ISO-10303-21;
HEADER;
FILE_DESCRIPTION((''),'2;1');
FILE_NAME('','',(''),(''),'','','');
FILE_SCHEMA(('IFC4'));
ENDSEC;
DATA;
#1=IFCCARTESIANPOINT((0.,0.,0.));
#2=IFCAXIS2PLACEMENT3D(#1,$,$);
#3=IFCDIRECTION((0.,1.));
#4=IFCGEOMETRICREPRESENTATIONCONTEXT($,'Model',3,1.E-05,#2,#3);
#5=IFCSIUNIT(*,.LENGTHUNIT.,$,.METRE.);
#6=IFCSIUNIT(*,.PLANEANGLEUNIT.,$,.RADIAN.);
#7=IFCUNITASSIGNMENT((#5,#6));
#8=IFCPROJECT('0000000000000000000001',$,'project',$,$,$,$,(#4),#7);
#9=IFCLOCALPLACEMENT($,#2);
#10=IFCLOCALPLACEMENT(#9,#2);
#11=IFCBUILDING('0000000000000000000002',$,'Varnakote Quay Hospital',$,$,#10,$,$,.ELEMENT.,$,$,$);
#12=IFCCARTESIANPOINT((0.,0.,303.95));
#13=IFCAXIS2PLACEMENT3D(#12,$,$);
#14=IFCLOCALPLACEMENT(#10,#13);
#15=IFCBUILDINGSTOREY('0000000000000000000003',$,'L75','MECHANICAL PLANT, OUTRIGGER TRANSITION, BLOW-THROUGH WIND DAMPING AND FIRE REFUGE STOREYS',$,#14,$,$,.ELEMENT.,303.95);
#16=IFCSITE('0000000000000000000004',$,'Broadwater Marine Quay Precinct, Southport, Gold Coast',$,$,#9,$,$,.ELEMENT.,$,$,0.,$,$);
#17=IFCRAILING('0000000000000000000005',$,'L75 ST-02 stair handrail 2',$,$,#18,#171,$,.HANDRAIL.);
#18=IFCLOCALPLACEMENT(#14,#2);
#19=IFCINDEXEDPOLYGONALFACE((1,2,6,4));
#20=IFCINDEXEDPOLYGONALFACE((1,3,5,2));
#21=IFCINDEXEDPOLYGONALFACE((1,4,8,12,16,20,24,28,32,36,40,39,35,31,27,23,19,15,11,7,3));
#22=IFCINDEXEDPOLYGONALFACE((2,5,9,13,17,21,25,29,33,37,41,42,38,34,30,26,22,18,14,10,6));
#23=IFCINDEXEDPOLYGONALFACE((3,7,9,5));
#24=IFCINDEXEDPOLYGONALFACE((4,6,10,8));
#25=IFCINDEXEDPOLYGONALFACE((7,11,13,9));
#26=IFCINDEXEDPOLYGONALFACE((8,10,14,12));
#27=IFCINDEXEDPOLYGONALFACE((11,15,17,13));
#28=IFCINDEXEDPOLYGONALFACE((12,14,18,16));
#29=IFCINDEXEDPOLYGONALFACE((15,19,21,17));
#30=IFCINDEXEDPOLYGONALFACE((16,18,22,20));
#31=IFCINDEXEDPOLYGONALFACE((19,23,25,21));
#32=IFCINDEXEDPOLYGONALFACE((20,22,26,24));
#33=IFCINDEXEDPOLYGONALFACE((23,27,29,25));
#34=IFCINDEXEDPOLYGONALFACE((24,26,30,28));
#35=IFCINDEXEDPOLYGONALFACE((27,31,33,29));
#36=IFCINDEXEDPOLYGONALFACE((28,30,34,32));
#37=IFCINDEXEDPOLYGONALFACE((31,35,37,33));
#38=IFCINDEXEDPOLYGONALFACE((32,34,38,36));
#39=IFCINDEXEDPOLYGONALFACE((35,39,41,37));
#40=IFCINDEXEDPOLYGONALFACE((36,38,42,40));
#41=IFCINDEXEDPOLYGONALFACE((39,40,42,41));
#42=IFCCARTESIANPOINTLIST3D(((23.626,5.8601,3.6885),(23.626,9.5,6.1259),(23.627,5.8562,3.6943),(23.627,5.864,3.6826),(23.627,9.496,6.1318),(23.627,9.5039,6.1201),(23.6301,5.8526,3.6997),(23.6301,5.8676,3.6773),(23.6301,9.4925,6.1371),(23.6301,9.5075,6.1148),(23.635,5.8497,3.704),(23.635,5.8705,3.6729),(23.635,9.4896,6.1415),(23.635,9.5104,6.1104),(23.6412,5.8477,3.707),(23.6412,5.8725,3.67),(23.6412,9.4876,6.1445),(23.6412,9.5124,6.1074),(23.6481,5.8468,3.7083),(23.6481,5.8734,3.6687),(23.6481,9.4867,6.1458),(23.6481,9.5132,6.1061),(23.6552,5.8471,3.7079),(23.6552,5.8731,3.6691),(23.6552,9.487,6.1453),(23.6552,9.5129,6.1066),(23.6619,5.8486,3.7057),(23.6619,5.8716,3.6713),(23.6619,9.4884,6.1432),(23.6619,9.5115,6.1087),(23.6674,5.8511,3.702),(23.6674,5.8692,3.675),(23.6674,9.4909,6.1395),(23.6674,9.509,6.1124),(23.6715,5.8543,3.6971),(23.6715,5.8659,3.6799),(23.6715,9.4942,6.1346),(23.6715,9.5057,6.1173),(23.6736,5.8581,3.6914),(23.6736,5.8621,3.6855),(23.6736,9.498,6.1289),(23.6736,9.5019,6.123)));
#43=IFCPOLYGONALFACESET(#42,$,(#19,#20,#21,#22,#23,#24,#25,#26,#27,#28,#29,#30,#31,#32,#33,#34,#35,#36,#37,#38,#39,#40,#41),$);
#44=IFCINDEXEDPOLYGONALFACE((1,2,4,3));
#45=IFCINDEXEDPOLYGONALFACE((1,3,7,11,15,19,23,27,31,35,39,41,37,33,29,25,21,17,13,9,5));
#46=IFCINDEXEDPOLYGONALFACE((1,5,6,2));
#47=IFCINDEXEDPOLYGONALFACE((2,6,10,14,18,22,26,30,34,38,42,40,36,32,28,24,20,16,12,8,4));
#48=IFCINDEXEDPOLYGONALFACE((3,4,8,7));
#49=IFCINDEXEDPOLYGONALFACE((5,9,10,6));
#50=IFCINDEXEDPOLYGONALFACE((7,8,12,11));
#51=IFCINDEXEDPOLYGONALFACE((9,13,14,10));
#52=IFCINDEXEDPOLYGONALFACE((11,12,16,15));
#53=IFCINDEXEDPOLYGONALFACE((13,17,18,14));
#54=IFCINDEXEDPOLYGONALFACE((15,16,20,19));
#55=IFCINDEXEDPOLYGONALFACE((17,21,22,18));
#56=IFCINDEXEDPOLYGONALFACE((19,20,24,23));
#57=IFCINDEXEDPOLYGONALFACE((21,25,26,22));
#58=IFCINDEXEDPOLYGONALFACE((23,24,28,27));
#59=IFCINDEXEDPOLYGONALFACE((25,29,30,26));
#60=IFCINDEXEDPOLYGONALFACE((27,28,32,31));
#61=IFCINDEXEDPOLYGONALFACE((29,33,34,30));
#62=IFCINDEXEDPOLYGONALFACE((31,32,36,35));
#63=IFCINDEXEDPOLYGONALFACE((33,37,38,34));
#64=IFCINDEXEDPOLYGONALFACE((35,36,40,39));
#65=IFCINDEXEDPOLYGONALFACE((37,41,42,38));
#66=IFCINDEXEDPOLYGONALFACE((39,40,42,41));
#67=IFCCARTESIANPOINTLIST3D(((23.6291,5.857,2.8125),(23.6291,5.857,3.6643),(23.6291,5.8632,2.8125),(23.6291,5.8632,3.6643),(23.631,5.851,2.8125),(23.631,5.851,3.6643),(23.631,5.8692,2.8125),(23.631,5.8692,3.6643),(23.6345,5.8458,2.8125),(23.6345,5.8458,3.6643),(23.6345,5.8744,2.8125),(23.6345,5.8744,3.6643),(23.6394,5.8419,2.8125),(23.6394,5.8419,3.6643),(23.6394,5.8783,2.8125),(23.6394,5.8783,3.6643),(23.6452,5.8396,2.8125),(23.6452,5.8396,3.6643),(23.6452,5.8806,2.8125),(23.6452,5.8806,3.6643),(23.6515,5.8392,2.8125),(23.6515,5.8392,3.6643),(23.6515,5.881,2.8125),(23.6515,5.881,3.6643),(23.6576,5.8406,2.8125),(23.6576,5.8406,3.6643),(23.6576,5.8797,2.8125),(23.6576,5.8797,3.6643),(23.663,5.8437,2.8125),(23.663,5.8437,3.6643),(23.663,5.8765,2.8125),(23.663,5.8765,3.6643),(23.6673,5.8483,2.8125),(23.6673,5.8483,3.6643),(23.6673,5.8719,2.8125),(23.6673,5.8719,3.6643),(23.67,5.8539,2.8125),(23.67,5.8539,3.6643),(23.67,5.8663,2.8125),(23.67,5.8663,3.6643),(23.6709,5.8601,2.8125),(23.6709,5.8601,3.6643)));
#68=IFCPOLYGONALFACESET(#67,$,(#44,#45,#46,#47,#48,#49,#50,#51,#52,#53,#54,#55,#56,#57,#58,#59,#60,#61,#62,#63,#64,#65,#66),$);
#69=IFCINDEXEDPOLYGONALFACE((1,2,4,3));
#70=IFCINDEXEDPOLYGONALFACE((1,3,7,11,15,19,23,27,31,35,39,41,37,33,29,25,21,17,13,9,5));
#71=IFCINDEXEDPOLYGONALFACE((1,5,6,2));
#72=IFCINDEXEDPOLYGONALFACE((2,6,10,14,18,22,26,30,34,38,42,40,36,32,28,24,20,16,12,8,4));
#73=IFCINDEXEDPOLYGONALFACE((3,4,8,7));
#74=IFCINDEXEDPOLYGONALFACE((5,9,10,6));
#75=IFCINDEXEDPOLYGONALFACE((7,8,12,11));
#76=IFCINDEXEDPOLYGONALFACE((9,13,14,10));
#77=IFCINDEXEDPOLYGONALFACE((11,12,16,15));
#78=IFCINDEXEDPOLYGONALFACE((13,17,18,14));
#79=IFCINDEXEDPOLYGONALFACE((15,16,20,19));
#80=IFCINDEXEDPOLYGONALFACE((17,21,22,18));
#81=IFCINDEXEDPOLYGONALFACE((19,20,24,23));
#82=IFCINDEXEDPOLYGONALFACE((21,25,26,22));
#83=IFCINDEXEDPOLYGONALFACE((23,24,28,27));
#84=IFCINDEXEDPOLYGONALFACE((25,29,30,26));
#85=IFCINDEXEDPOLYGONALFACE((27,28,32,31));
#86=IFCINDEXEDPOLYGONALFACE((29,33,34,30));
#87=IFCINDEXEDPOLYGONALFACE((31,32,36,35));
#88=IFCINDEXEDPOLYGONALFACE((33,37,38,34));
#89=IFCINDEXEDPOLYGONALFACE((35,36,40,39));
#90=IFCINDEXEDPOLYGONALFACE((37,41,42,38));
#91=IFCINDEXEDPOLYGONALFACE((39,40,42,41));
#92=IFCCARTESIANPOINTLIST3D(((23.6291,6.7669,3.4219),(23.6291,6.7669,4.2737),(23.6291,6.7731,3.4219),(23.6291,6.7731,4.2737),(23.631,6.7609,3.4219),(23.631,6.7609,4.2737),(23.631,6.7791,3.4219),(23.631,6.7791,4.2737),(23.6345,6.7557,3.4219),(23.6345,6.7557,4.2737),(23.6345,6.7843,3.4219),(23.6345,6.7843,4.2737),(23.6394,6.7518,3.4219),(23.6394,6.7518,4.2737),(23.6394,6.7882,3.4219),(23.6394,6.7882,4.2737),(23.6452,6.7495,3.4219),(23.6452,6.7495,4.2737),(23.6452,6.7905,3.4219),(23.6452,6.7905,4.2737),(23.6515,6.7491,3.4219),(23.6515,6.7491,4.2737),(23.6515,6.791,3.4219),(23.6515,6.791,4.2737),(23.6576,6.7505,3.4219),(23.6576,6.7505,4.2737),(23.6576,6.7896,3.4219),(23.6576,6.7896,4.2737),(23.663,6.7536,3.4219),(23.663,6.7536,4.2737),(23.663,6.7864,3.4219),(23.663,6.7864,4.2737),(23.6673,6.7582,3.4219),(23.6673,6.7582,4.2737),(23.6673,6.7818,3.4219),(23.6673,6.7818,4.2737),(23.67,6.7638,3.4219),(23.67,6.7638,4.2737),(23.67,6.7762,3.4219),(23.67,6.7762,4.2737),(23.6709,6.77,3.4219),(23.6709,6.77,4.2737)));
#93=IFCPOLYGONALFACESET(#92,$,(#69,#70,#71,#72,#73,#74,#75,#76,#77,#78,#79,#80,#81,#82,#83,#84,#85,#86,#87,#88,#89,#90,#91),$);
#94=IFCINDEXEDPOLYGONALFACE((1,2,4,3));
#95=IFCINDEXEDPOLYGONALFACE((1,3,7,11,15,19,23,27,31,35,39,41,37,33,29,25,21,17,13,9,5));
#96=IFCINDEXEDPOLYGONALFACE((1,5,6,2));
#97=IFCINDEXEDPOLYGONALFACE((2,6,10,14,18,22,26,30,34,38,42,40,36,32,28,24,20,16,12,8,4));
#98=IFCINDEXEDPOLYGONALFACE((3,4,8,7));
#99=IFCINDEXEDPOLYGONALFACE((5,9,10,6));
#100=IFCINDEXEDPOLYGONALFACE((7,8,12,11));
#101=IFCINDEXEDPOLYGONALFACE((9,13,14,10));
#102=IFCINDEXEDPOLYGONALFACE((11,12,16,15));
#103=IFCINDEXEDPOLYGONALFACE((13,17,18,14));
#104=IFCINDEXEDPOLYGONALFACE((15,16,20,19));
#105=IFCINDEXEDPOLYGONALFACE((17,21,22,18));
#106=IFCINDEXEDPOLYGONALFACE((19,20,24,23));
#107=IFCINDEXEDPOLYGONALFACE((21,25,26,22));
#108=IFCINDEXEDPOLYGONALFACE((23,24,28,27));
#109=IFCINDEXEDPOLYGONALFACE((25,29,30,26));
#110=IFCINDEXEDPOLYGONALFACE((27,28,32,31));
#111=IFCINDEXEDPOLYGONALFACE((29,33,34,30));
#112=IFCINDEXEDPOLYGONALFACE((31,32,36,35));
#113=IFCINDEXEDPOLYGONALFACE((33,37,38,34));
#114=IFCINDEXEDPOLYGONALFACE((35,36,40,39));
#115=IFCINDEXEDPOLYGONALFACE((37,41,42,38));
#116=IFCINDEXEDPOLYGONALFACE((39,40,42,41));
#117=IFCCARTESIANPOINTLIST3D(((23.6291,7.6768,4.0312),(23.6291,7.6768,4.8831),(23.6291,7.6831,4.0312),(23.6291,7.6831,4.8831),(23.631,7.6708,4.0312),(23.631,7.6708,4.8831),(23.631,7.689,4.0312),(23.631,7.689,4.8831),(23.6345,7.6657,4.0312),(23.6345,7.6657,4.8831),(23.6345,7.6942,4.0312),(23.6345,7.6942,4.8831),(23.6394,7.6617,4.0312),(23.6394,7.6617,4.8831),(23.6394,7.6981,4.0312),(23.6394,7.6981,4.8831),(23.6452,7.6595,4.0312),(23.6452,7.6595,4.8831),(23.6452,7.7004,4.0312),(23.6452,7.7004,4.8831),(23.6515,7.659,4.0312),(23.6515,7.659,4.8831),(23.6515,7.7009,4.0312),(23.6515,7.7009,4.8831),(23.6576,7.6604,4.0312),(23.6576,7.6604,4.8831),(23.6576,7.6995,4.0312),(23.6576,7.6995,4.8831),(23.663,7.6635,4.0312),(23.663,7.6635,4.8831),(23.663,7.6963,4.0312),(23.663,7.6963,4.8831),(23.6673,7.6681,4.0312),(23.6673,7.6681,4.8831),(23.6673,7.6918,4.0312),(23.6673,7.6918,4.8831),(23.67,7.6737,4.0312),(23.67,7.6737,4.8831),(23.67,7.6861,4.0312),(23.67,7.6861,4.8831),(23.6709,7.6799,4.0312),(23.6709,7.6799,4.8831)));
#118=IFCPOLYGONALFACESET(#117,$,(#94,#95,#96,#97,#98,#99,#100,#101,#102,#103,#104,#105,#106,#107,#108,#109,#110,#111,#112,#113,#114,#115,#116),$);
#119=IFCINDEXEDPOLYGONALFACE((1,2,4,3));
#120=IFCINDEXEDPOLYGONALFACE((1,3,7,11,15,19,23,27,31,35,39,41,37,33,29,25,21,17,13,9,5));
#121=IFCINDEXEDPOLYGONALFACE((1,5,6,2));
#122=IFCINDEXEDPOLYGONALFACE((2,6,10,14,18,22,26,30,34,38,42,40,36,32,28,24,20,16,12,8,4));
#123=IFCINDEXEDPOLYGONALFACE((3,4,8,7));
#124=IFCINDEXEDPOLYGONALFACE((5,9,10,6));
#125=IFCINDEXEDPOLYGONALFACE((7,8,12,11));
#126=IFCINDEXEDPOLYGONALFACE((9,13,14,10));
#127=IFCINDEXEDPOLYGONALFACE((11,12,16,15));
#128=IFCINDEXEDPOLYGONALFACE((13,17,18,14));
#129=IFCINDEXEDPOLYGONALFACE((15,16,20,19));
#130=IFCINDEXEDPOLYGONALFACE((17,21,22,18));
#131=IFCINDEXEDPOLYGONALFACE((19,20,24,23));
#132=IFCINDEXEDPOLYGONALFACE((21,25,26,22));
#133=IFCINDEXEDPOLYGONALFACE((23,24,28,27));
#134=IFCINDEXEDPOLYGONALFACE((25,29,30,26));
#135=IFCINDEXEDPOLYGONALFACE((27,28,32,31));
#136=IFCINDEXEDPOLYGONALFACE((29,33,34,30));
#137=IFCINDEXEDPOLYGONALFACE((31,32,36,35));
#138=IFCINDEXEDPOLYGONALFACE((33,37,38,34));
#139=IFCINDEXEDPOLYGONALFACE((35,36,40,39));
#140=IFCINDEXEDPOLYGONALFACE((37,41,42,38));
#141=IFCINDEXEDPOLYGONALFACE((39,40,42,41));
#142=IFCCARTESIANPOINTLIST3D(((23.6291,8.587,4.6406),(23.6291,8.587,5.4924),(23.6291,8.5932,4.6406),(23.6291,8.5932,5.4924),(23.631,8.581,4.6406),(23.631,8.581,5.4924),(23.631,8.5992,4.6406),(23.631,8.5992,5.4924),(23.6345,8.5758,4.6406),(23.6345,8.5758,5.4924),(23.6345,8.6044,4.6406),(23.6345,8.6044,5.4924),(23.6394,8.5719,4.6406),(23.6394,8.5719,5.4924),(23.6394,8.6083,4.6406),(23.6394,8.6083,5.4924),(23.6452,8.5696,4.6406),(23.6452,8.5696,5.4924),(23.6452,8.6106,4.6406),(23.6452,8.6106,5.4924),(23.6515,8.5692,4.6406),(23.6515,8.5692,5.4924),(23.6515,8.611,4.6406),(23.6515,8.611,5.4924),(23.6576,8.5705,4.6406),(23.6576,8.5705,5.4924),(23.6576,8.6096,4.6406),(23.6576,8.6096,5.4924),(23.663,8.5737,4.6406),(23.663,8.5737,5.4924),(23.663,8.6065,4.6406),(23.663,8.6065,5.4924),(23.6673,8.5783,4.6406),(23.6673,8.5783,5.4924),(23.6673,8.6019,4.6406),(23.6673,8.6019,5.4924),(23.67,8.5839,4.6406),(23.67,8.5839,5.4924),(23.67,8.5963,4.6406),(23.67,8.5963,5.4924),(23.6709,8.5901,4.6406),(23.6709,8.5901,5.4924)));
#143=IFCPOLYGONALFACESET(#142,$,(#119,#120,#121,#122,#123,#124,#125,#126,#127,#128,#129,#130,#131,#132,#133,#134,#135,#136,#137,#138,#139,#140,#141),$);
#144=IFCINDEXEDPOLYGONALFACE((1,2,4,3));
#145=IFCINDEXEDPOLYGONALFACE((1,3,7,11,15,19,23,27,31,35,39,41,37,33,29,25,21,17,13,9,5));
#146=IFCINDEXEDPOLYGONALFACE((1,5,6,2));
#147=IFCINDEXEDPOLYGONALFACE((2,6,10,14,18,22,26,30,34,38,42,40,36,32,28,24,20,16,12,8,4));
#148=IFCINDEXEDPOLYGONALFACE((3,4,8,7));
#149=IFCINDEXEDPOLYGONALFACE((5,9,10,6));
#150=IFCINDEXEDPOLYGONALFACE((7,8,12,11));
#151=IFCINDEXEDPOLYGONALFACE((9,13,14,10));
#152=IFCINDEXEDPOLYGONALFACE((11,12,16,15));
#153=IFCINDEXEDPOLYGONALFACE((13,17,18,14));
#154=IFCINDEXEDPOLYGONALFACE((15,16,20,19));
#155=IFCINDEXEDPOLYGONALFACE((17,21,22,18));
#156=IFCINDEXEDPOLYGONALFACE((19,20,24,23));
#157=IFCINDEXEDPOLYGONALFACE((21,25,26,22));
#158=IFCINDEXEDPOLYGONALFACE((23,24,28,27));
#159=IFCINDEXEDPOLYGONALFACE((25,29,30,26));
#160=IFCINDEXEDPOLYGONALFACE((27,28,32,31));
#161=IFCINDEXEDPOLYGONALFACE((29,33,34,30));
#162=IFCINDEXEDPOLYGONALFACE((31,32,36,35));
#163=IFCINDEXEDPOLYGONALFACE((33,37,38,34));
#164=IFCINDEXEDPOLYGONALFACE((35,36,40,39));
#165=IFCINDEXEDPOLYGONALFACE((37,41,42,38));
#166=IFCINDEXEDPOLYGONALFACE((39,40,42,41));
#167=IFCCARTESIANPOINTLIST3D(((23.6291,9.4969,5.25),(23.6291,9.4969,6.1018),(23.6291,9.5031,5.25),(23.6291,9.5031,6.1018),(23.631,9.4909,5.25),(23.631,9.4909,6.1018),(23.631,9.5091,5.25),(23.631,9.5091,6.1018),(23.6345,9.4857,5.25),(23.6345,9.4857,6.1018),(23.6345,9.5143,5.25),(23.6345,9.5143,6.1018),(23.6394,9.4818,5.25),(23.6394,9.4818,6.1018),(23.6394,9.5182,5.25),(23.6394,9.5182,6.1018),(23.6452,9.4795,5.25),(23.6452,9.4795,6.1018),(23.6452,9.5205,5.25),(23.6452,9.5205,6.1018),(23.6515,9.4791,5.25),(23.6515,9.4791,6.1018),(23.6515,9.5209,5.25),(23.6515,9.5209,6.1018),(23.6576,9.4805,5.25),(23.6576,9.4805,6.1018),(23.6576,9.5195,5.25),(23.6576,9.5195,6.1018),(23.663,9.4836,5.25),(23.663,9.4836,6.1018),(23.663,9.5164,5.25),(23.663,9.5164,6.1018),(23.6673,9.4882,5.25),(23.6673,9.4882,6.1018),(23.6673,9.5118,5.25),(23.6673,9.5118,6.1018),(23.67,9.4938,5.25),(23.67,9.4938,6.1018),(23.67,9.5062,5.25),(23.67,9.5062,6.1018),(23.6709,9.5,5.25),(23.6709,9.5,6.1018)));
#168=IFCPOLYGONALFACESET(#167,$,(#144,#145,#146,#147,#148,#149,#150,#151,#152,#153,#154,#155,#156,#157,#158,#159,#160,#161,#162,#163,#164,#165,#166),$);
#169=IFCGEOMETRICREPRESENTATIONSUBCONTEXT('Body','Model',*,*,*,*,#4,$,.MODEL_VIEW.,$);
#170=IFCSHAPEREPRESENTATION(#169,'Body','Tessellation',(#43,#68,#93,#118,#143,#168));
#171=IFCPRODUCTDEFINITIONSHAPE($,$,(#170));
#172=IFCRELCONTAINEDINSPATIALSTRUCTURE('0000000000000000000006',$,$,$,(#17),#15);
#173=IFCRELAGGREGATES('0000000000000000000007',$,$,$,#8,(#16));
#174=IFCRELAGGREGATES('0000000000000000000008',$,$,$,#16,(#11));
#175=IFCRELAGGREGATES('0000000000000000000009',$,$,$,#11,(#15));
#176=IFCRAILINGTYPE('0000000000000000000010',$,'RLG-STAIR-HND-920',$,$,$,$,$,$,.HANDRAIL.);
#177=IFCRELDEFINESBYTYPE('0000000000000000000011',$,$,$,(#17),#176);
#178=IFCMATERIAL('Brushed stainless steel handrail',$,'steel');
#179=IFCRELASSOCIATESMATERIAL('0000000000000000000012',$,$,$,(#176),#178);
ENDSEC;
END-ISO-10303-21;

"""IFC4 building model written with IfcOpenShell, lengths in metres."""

from ifc_helpers import new_model, si_unit, direction, frame, origin, origin_2d, place, context, subcontext, project, spatial, circle, extrude, material, type_object, element, save


model = new_model("IFC4")

# Units and contexts
model_context = context("Model", 3, precision=1e-05, world=origin(), true_north=direction((0.0, 1.0)))
body_context = subcontext(model_context, "Body", "Model", "MODEL_VIEW")
ifc_project = project(units=[si_unit("LENGTHUNIT", "METRE"), si_unit("PLANEANGLEUNIT", "RADIAN")], contexts=[model_context])

# Site, building, storey
site_placement = place(None, origin())
site = spatial("IfcSite", under=ifc_project, at=site_placement, Name="Broadwater Marine Quay Precinct, Southport, Gold Coast", CompositionType="ELEMENT", RefElevation=0.0)
building_placement = place(site_placement, origin())
building = spatial("IfcBuilding", under=site, at=building_placement, Name="Varnakote Quay Hospital", CompositionType="ELEMENT")
storey_placement = place(building_placement, frame((0.0, 0.0, 303.95)))
storey = spatial("IfcBuildingStorey", under=building, at=storey_placement, Name="L75", Description="MECHANICAL PLANT, OUTRIGGER TRANSITION, BLOW-THROUGH WIND DAMPING AND FIRE REFUGE STOREYS", CompositionType="ELEMENT", Elevation=303.95)

# Railing
ifc_material_1 = material(Name="Brushed stainless steel handrail", Category="steel")
railing_type_1 = type_object("IfcRailingType", Name="RLG-STAIR-HND-920", PredefinedType="HANDRAIL", material=ifc_material_1)
railing_1_placement = place(storey_placement, frame((23.6499, 5.8601, 2.8125)))
element("IfcRailing", 1, at=railing_1_placement, inside=storey, type_object=railing_type_1, Name="L75 ST-02 stair handrail 2", PredefinedType="HANDRAIL", context=body_context, shape_type="SweptSolid", body=[
    extrude(circle(Radius=0.0239, at=origin_2d()), frame((0.0, 0.0, 0.876), z_axis=(0.0, 0.8309, 0.556422), x_axis=(-1.0, 0.0, 0.0)), (0.0, 0.0, 1.0), 4.3806),
    extrude(circle(Radius=0.021, at=origin_2d()), origin(), (0.0, 0.0, 1.0), 0.8518),
    extrude(circle(Radius=0.021, at=origin_2d()), frame((0.0, 0.9099, 0.6094)), (0.0, 0.0, 1.0), 0.8518),
    extrude(circle(Radius=0.021, at=origin_2d()), frame((0.0, 1.8198, 1.2188)), (0.0, 0.0, 1.0), 0.8518),
    extrude(circle(Radius=0.021, at=origin_2d()), frame((0.0, 2.73, 1.8281)), (0.0, 0.0, 1.0), 0.8518),
    extrude(circle(Radius=0.021, at=origin_2d()), frame((0.0, 3.6399, 2.4375)), (0.0, 0.0, 1.0), 0.8518),
])

save(model, "model.ifc")
